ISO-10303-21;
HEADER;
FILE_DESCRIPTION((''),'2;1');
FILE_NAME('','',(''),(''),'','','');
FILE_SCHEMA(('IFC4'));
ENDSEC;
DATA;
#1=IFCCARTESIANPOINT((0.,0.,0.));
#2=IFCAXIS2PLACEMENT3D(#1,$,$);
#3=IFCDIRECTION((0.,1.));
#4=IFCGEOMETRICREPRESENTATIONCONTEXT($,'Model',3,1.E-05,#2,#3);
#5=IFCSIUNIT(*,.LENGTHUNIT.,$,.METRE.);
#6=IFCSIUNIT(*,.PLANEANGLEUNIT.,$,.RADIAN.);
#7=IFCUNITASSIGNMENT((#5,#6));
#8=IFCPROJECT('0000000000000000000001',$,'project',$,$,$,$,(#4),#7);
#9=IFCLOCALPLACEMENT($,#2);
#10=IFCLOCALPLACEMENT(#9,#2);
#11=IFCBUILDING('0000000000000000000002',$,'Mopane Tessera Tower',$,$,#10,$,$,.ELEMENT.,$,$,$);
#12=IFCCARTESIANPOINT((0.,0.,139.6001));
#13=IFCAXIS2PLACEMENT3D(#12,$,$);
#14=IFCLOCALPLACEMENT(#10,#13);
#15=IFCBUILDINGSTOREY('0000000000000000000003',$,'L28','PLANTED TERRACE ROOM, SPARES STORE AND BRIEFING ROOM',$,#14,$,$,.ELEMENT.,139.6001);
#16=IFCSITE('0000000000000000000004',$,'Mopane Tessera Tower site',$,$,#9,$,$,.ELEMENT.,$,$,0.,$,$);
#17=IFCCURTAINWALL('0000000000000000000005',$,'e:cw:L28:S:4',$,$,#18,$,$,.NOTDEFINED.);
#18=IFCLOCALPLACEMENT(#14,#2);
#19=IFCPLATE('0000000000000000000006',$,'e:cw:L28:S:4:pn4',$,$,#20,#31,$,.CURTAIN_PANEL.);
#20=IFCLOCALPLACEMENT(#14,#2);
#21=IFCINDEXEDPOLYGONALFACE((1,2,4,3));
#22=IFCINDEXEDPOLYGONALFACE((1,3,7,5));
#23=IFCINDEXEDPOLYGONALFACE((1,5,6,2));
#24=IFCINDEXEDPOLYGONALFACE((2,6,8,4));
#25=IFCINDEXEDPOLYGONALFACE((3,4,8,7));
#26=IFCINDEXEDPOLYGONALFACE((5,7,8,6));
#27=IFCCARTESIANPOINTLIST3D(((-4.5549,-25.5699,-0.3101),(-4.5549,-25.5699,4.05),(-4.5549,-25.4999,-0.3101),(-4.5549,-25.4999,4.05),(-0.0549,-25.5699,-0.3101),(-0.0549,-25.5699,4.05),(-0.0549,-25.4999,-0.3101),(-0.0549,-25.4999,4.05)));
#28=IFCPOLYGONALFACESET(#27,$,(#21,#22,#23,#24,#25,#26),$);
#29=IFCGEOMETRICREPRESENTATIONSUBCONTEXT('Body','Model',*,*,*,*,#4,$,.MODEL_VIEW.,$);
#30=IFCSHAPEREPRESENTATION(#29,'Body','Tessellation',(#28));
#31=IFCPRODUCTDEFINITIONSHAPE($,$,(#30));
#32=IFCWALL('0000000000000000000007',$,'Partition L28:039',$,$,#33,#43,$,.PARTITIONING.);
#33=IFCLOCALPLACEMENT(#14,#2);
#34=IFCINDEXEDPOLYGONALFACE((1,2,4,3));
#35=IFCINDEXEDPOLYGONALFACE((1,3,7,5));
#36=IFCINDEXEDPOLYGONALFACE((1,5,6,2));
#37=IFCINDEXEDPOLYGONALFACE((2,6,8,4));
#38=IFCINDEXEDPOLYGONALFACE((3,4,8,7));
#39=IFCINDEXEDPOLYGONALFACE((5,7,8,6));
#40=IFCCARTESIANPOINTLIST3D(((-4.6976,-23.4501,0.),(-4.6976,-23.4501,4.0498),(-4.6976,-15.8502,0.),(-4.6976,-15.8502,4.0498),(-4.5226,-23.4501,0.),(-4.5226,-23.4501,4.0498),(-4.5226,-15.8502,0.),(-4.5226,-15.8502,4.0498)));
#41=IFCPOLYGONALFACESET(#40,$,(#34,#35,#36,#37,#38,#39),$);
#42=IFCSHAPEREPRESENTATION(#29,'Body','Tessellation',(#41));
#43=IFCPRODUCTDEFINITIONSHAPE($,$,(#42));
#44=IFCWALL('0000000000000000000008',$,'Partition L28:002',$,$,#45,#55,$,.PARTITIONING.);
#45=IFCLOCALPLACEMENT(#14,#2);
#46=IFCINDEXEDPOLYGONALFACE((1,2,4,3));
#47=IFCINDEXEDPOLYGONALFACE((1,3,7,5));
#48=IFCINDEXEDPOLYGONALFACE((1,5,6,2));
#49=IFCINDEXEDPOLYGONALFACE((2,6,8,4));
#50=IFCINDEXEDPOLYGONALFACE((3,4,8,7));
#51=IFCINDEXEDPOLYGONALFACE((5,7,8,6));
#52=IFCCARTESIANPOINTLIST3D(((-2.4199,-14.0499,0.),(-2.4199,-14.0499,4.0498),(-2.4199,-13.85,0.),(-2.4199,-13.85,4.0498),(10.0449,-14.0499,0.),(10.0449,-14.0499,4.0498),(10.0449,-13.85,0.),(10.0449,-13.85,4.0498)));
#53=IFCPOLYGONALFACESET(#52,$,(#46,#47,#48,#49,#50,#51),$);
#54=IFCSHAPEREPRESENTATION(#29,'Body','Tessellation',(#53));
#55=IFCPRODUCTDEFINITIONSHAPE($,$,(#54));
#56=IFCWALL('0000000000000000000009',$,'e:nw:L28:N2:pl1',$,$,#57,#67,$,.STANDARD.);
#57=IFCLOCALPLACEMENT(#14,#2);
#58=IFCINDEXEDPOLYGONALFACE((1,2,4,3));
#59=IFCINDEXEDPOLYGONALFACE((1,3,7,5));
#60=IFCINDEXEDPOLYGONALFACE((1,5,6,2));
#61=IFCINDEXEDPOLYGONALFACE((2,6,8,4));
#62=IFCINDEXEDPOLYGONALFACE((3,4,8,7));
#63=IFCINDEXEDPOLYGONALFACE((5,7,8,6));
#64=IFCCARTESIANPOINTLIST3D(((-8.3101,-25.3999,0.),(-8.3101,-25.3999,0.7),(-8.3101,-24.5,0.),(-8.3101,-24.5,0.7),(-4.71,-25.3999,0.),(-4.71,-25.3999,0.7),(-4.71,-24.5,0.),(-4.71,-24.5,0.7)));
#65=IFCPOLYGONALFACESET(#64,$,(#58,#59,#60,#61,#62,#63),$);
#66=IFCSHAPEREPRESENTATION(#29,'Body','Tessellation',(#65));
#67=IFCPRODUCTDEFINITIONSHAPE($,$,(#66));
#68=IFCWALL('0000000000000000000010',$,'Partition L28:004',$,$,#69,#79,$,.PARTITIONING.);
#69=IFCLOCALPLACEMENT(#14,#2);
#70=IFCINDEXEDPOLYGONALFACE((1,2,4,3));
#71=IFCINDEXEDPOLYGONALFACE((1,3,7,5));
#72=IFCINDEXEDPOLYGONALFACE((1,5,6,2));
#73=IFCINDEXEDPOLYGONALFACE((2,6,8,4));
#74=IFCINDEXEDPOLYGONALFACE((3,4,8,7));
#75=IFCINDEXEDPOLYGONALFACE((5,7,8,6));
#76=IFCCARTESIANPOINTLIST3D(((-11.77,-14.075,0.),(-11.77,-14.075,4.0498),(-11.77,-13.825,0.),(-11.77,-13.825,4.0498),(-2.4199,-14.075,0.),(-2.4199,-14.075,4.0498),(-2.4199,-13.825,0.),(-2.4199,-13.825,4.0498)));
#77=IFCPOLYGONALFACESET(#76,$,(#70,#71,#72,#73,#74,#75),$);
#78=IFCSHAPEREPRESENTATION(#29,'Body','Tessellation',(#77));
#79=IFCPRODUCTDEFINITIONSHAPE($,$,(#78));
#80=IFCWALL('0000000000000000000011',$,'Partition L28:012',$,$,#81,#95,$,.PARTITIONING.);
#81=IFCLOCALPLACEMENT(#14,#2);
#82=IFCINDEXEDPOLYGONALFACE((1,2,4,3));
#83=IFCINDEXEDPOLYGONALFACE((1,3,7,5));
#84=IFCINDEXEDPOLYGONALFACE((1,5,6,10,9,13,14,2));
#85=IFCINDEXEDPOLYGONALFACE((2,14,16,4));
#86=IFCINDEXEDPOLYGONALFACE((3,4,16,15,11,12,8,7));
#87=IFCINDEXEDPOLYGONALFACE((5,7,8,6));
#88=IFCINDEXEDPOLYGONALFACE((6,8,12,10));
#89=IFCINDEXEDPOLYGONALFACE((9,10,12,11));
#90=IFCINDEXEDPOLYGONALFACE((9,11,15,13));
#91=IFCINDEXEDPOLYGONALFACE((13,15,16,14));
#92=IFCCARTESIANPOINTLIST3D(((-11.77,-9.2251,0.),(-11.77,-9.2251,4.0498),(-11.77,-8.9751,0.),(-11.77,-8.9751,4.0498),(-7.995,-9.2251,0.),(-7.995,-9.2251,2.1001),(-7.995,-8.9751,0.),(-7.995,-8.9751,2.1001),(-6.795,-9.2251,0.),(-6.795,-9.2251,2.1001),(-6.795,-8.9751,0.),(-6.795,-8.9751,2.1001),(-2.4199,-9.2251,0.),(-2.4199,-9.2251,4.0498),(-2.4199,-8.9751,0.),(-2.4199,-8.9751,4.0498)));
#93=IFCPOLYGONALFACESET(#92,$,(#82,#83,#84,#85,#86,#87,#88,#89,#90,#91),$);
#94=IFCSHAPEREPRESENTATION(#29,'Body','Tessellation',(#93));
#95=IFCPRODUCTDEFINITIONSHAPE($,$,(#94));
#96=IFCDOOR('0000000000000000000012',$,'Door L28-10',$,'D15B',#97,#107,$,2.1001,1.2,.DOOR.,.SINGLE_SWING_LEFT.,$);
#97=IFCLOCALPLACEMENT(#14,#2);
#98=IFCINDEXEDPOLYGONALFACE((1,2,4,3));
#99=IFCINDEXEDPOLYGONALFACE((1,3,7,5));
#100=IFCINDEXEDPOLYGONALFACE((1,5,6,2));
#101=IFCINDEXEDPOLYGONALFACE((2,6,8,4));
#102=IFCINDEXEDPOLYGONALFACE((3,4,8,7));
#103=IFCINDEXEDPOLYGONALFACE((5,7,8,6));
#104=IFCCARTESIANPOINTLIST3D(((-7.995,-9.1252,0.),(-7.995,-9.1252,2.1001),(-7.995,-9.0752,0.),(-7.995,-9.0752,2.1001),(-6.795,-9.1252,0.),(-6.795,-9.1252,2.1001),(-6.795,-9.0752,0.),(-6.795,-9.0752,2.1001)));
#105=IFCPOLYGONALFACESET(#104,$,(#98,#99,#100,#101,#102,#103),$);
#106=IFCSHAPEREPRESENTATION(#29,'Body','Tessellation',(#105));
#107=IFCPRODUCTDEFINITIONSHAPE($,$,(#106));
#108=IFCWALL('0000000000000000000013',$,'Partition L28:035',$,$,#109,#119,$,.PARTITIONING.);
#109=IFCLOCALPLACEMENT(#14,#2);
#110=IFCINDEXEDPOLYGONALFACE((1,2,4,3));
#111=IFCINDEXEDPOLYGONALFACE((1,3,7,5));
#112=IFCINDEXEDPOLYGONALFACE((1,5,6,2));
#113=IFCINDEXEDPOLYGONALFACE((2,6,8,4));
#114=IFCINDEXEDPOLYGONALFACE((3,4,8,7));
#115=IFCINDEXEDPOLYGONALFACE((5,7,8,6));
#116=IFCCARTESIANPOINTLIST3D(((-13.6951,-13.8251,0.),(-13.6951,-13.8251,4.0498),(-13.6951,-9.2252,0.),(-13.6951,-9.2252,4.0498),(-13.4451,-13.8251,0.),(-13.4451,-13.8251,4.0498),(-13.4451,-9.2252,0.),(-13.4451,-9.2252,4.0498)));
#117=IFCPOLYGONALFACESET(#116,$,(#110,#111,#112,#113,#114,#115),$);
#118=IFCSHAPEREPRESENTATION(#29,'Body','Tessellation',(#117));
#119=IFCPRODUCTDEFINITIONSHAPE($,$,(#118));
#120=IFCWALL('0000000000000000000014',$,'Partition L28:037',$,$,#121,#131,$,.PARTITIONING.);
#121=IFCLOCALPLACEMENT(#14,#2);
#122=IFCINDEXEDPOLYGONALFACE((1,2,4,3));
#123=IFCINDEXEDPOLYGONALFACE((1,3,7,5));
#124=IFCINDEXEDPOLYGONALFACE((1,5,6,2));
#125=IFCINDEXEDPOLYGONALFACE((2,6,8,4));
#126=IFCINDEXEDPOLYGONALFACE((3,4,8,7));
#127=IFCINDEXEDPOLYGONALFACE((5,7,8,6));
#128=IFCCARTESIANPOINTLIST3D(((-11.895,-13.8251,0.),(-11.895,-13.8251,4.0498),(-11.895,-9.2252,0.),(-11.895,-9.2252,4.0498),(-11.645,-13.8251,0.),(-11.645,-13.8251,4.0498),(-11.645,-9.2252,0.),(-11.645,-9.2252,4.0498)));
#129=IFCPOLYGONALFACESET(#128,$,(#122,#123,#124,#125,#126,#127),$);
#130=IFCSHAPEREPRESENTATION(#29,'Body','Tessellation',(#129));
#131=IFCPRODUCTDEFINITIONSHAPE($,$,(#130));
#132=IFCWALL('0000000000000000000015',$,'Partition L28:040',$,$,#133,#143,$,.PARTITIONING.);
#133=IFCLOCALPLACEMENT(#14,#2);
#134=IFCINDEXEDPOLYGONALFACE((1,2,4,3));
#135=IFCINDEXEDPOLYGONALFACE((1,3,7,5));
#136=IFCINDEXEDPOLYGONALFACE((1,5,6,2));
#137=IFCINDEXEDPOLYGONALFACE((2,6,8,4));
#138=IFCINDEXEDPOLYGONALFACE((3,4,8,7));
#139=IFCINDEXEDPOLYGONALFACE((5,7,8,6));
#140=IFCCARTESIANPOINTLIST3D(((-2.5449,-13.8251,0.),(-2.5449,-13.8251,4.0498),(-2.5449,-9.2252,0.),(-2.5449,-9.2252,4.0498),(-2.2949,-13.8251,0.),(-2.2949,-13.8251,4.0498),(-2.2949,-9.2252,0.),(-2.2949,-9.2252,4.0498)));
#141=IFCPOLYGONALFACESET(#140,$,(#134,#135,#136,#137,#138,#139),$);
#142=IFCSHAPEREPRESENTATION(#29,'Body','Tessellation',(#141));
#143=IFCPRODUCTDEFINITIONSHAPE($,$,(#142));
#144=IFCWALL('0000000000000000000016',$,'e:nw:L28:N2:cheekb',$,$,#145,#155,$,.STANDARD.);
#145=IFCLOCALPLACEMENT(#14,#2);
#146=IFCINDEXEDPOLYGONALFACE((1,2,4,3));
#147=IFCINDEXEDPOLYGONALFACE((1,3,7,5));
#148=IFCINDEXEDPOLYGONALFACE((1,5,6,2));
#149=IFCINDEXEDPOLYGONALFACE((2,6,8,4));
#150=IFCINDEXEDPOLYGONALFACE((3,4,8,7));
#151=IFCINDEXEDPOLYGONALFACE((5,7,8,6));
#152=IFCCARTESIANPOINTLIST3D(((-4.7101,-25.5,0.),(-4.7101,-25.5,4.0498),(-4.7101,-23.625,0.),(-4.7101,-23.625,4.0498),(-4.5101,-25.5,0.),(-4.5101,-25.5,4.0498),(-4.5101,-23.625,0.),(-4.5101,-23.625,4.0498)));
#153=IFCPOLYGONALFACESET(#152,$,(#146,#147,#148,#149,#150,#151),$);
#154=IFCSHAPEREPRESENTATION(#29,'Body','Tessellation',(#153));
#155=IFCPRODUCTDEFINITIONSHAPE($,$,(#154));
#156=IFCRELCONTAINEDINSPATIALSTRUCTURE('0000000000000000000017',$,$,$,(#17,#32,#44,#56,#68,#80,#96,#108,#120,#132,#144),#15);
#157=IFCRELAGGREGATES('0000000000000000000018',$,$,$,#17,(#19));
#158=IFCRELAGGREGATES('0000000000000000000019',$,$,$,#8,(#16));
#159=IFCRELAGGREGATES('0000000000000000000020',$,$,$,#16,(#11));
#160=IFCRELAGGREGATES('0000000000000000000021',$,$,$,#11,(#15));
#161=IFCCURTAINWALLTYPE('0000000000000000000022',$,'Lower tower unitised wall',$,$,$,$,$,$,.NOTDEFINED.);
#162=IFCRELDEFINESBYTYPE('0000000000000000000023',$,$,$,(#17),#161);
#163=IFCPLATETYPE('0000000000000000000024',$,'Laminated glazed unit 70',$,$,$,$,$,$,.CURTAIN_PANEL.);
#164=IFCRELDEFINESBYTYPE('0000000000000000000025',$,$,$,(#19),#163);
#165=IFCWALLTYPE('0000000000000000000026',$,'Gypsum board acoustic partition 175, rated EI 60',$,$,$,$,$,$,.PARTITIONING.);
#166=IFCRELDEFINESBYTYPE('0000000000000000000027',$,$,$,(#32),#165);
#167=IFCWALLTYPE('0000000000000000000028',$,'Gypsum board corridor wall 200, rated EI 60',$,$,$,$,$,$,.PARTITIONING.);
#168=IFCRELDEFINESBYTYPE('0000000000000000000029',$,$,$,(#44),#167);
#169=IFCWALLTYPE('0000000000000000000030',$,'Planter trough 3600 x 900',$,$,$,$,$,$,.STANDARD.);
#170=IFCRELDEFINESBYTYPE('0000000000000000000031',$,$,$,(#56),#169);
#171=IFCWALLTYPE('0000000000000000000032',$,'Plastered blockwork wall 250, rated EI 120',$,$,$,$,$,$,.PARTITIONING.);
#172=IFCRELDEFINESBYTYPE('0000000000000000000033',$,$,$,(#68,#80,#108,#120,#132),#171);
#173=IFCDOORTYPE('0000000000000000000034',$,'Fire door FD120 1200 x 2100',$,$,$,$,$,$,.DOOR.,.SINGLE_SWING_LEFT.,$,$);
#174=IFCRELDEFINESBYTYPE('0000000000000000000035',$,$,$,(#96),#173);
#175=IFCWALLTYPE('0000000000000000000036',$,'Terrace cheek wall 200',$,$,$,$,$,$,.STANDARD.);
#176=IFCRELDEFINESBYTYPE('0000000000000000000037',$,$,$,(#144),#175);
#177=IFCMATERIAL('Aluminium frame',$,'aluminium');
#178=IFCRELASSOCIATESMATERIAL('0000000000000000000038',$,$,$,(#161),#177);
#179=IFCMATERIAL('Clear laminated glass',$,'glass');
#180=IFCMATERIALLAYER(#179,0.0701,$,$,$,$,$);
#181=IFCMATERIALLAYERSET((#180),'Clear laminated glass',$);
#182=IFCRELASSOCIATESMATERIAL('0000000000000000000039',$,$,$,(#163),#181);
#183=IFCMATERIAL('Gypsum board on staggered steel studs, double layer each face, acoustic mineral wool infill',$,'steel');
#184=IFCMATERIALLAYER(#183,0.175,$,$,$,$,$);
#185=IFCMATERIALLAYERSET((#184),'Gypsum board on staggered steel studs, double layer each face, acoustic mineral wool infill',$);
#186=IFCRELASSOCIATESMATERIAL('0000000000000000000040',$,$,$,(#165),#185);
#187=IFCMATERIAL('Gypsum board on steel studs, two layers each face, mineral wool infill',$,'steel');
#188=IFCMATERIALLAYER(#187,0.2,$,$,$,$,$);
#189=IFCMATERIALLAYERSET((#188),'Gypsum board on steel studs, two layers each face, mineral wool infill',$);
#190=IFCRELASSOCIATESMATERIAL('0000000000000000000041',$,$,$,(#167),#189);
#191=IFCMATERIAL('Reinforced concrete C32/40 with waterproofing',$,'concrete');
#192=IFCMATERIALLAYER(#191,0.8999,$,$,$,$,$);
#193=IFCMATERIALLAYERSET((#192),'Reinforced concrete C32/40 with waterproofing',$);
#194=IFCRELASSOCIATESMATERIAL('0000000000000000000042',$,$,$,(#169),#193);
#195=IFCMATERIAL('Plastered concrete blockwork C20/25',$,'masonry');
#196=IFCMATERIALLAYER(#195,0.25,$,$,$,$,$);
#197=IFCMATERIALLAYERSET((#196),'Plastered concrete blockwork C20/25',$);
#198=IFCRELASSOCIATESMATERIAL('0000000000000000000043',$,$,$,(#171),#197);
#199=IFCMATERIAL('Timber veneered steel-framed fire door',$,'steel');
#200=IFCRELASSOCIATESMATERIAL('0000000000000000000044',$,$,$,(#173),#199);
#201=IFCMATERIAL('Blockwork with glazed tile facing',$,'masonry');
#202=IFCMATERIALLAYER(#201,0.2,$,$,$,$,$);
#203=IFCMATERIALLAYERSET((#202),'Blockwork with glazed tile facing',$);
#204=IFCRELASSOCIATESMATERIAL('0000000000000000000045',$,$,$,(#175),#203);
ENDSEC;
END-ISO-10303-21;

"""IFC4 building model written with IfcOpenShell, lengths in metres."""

from ifc_helpers import new_model, si_unit, direction, frame, frame_2d, origin, origin_2d, place, context, subcontext, project, spatial, rectangle, extrude, material, layer, layer_set, type_object, element, fill, aggregate, save


model = new_model("IFC4")

# Units and contexts
model_context = context("Model", 3, precision=1e-05, world=origin(), true_north=direction((0.0, 1.0)))
body_context = subcontext(model_context, "Body", "Model", "MODEL_VIEW")
ifc_project = project(units=[si_unit("LENGTHUNIT", "METRE"), si_unit("PLANEANGLEUNIT", "RADIAN")], contexts=[model_context])

# Site, building, storey
site_placement = place(None, origin())
site = spatial("IfcSite", under=ifc_project, at=site_placement, Name="Mopane Tessera Tower site", CompositionType="ELEMENT", RefElevation=0.0)
building_placement = place(site_placement, origin())
building = spatial("IfcBuilding", under=site, at=building_placement, Name="Mopane Tessera Tower", CompositionType="ELEMENT")
storey_placement = place(building_placement, frame((0.0, 0.0, 139.6001)))
storey = spatial("IfcBuildingStorey", under=building, at=storey_placement, Name="L28", Description="PLANTED TERRACE ROOM, SPARES STORE AND BRIEFING ROOM", CompositionType="ELEMENT", Elevation=139.6001)

# Curtain wall
ifc_material_1 = material(Name="Aluminium frame", Category="aluminium")
curtain_wall_type = type_object("IfcCurtainWallType", Name="Lower tower unitised wall", PredefinedType="NOTDEFINED", material=ifc_material_1)
curtain_wall_placement = place(storey_placement, origin())
curtain_wall = element("IfcCurtainWall", 1, at=curtain_wall_placement, inside=storey, type_object=curtain_wall_type, Name="e:cw:L28:S:4", PredefinedType="NOTDEFINED")

# Plate
ifc_material_2 = material(Name="Clear laminated glass", Category="glass")
ifc_layer_1 = layer(ifc_material_2, 0.0701)
ifc_layer_set_1 = layer_set([ifc_layer_1], Name="Clear laminated glass")
plate_type = type_object("IfcPlateType", Name="Laminated glazed unit 70", PredefinedType="CURTAIN_PANEL", material=ifc_layer_set_1)
plate_placement = place(storey_placement, frame((-2.3049, -25.5349, -0.3101), z_axis=(0.0, 0.0, 1.0), x_axis=(1.0, 0.0, 0.0)))
plate = element("IfcPlate", 2, at=plate_placement, type_object=plate_type, Name="e:cw:L28:S:4:pn4", PredefinedType="CURTAIN_PANEL", context=body_context, shape_type="SweptSolid", body=[
    extrude(rectangle(XDim=4.5, YDim=0.0701, at=origin_2d()), origin(), (0.0, 0.0, 1.0), 4.3601),
])
aggregate(curtain_wall, [plate])

# Walls
ifc_material_3 = material(Name="Gypsum board on staggered steel studs, double layer each face, acoustic mineral wool infill", Category="steel")
ifc_layer_2 = layer(ifc_material_3, 0.175)
ifc_layer_set_2 = layer_set([ifc_layer_2], Name="Gypsum board on staggered steel studs, double layer each face, acoustic mineral wool infill")
wall_type_1 = type_object("IfcWallType", Name="Gypsum board acoustic partition 175, rated EI 60", PredefinedType="PARTITIONING", material=ifc_layer_set_2)
wall_1_placement = place(storey_placement, frame((-4.6101, -23.45, 0.0), z_axis=(0.0, 0.0, 1.0), x_axis=(0.0, 1.0, 0.0)))
element("IfcWall", 3, at=wall_1_placement, inside=storey, type_object=wall_type_1, Name="Partition L28:039", PredefinedType="PARTITIONING", context=body_context, shape_type="SweptSolid", body=[
    extrude(rectangle(XDim=7.5999, YDim=0.175, at=frame_2d((3.7998, 0.0))), origin(), (0.0, 0.0, 1.0), 4.0498),
])
ifc_material_4 = material(Name="Gypsum board on steel studs, two layers each face, mineral wool infill", Category="steel")
ifc_layer_3 = layer(ifc_material_4, 0.2)
ifc_layer_set_3 = layer_set([ifc_layer_3], Name="Gypsum board on steel studs, two layers each face, mineral wool infill")
wall_type_2 = type_object("IfcWallType", Name="Gypsum board corridor wall 200, rated EI 60", PredefinedType="PARTITIONING", material=ifc_layer_set_3)
wall_2_placement = place(storey_placement, frame((-2.4199, -13.95, 0.0), z_axis=(0.0, 0.0, 1.0), x_axis=(1.0, 0.0, 0.0)))
element("IfcWall", 4, at=wall_2_placement, inside=storey, type_object=wall_type_2, Name="Partition L28:002", PredefinedType="PARTITIONING", context=body_context, shape_type="SweptSolid", body=[
    extrude(rectangle(XDim=12.4648, YDim=0.2, at=frame_2d((6.2324, 0.0))), origin(), (0.0, 0.0, 1.0), 4.0498),
])
ifc_material_5 = material(Name="Reinforced concrete C32/40 with waterproofing", Category="concrete")
ifc_layer_4 = layer(ifc_material_5, 0.8999)
ifc_layer_set_4 = layer_set([ifc_layer_4], Name="Reinforced concrete C32/40 with waterproofing")
wall_type_3 = type_object("IfcWallType", Name="Planter trough 3600 x 900", PredefinedType="STANDARD", material=ifc_layer_set_4)
wall_3_placement = place(storey_placement, frame((-8.3101, -24.95, 0.0), z_axis=(0.0, 0.0, 1.0), x_axis=(1.0, 0.0, 0.0)))
element("IfcWall", 5, at=wall_3_placement, inside=storey, type_object=wall_type_3, Name="e:nw:L28:N2:pl1", PredefinedType="STANDARD", context=body_context, shape_type="SweptSolid", body=[
    extrude(rectangle(XDim=3.6001, YDim=0.8999, at=frame_2d((1.8, 0.0))), origin(), (0.0, 0.0, 1.0), 0.7),
])
ifc_material_6 = material(Name="Plastered concrete blockwork C20/25", Category="masonry")
ifc_layer_5 = layer(ifc_material_6, 0.25)
ifc_layer_set_5 = layer_set([ifc_layer_5], Name="Plastered concrete blockwork C20/25")
wall_type_4 = type_object("IfcWallType", Name="Plastered blockwork wall 250, rated EI 120", PredefinedType="PARTITIONING", material=ifc_layer_set_5)
wall_4_placement = place(storey_placement, frame((-11.77, -13.95, 0.0), z_axis=(0.0, 0.0, 1.0), x_axis=(1.0, 0.0, 0.0)))
element("IfcWall", 6, at=wall_4_placement, inside=storey, type_object=wall_type_4, Name="Partition L28:004", PredefinedType="PARTITIONING", context=body_context, shape_type="SweptSolid", body=[
    extrude(rectangle(XDim=9.3501, YDim=0.25, at=frame_2d((4.675, 0.0))), origin(), (0.0, 0.0, 1.0), 4.0498),
])

# Wall, opening, door
wall_5_placement = place(storey_placement, frame((-11.77, -9.1001, 0.0), z_axis=(0.0, 0.0, 1.0), x_axis=(1.0, 0.0, 0.0)))
wall_5 = element("IfcWall", 7, at=wall_5_placement, inside=storey, type_object=wall_type_4, Name="Partition L28:012", PredefinedType="PARTITIONING", context=body_context, shape_type="SweptSolid", body=[
    extrude(rectangle(XDim=9.3501, YDim=0.25, at=frame_2d((4.675, 0.0))), origin(), (0.0, 0.0, 1.0), 4.0498),
])
opening_placement = place(wall_5_placement, frame((3.7749, 0.0, 0.0)))
opening = element("IfcOpeningElement", 8, at=opening_placement, cuts=wall_5, PredefinedType="OPENING", context=body_context, shape_type="SweptSolid", body=[
    extrude(rectangle(XDim=1.2, YDim=2.1001, at=frame_2d((0.6001, 1.05))), frame((0.0, 0.137, 0.0), z_axis=(0.0, -1.0, 0.0), x_axis=(1.0, 0.0, 0.0)), (0.0, 0.0, 1.0), 0.2739),
])
ifc_material_7 = material(Name="Timber veneered steel-framed fire door", Category="steel")
door_type = type_object("IfcDoorType", Name="Fire door FD120 1200 x 2100", OperationType="SINGLE_SWING_LEFT", PredefinedType="DOOR", material=ifc_material_7)
door_placement = place(opening_placement, origin())
door = element("IfcDoor", 9, at=door_placement, inside=storey, type_object=door_type, Name="Door L28-10", ObjectType="D15B", OperationType="SINGLE_SWING_LEFT", OverallHeight=2.1001, OverallWidth=1.2, PredefinedType="DOOR", context=body_context, shape_type="SweptSolid", body=[
    extrude(rectangle(XDim=1.2, YDim=2.1001, at=frame_2d((0.6001, 1.05))), frame((0.0, 0.0249, 0.0), z_axis=(0.0, -1.0, 0.0), x_axis=(1.0, 0.0, 0.0)), (0.0, 0.0, 1.0), 0.05),
])
fill(opening, door)

# Walls
for number, where, z_axis, x_axis, name in (
    (10, (-13.5701, -13.825, 0.0), (0.0, 0.0, 1.0), (0.0, 1.0, 0.0), "Partition L28:035"),
    (11, (-11.77, -13.825, 0.0), (0.0, 0.0, 1.0), (0.0, 1.0, 0.0), "Partition L28:037"),
    (12, (-2.4199, -13.825, 0.0), (0.0, 0.0, 1.0), (0.0, 1.0, 0.0), "Partition L28:040"),
):
    element("IfcWall", number, at=place(storey_placement, frame(where, z_axis=z_axis, x_axis=x_axis)), inside=storey, type_object=wall_type_4, Name=name, PredefinedType="PARTITIONING", context=body_context, shape_type="SweptSolid", body=[
        extrude(rectangle(XDim=4.5999, YDim=0.25, at=frame_2d((2.2998, 0.0))), origin(), (0.0, 0.0, 1.0), 4.0498),
    ])
ifc_material_8 = material(Name="Blockwork with glazed tile facing", Category="masonry")
ifc_layer_6 = layer(ifc_material_8, 0.2)
ifc_layer_set_6 = layer_set([ifc_layer_6], Name="Blockwork with glazed tile facing")
wall_type_5 = type_object("IfcWallType", Name="Terrace cheek wall 200", PredefinedType="STANDARD", material=ifc_layer_set_6)
wall_6_placement = place(storey_placement, frame((-4.6101, -25.5, 0.0), z_axis=(0.0, 0.0, 1.0), x_axis=(0.0, 1.0, 0.0)))
element("IfcWall", 13, at=wall_6_placement, inside=storey, type_object=wall_type_5, Name="e:nw:L28:N2:cheekb", PredefinedType="STANDARD", context=body_context, shape_type="SweptSolid", body=[
    extrude(rectangle(XDim=1.875, YDim=0.2, at=frame_2d((0.9375, 0.0))), origin(), (0.0, 0.0, 1.0), 4.0498),
])

save(model, "model.ifc")
